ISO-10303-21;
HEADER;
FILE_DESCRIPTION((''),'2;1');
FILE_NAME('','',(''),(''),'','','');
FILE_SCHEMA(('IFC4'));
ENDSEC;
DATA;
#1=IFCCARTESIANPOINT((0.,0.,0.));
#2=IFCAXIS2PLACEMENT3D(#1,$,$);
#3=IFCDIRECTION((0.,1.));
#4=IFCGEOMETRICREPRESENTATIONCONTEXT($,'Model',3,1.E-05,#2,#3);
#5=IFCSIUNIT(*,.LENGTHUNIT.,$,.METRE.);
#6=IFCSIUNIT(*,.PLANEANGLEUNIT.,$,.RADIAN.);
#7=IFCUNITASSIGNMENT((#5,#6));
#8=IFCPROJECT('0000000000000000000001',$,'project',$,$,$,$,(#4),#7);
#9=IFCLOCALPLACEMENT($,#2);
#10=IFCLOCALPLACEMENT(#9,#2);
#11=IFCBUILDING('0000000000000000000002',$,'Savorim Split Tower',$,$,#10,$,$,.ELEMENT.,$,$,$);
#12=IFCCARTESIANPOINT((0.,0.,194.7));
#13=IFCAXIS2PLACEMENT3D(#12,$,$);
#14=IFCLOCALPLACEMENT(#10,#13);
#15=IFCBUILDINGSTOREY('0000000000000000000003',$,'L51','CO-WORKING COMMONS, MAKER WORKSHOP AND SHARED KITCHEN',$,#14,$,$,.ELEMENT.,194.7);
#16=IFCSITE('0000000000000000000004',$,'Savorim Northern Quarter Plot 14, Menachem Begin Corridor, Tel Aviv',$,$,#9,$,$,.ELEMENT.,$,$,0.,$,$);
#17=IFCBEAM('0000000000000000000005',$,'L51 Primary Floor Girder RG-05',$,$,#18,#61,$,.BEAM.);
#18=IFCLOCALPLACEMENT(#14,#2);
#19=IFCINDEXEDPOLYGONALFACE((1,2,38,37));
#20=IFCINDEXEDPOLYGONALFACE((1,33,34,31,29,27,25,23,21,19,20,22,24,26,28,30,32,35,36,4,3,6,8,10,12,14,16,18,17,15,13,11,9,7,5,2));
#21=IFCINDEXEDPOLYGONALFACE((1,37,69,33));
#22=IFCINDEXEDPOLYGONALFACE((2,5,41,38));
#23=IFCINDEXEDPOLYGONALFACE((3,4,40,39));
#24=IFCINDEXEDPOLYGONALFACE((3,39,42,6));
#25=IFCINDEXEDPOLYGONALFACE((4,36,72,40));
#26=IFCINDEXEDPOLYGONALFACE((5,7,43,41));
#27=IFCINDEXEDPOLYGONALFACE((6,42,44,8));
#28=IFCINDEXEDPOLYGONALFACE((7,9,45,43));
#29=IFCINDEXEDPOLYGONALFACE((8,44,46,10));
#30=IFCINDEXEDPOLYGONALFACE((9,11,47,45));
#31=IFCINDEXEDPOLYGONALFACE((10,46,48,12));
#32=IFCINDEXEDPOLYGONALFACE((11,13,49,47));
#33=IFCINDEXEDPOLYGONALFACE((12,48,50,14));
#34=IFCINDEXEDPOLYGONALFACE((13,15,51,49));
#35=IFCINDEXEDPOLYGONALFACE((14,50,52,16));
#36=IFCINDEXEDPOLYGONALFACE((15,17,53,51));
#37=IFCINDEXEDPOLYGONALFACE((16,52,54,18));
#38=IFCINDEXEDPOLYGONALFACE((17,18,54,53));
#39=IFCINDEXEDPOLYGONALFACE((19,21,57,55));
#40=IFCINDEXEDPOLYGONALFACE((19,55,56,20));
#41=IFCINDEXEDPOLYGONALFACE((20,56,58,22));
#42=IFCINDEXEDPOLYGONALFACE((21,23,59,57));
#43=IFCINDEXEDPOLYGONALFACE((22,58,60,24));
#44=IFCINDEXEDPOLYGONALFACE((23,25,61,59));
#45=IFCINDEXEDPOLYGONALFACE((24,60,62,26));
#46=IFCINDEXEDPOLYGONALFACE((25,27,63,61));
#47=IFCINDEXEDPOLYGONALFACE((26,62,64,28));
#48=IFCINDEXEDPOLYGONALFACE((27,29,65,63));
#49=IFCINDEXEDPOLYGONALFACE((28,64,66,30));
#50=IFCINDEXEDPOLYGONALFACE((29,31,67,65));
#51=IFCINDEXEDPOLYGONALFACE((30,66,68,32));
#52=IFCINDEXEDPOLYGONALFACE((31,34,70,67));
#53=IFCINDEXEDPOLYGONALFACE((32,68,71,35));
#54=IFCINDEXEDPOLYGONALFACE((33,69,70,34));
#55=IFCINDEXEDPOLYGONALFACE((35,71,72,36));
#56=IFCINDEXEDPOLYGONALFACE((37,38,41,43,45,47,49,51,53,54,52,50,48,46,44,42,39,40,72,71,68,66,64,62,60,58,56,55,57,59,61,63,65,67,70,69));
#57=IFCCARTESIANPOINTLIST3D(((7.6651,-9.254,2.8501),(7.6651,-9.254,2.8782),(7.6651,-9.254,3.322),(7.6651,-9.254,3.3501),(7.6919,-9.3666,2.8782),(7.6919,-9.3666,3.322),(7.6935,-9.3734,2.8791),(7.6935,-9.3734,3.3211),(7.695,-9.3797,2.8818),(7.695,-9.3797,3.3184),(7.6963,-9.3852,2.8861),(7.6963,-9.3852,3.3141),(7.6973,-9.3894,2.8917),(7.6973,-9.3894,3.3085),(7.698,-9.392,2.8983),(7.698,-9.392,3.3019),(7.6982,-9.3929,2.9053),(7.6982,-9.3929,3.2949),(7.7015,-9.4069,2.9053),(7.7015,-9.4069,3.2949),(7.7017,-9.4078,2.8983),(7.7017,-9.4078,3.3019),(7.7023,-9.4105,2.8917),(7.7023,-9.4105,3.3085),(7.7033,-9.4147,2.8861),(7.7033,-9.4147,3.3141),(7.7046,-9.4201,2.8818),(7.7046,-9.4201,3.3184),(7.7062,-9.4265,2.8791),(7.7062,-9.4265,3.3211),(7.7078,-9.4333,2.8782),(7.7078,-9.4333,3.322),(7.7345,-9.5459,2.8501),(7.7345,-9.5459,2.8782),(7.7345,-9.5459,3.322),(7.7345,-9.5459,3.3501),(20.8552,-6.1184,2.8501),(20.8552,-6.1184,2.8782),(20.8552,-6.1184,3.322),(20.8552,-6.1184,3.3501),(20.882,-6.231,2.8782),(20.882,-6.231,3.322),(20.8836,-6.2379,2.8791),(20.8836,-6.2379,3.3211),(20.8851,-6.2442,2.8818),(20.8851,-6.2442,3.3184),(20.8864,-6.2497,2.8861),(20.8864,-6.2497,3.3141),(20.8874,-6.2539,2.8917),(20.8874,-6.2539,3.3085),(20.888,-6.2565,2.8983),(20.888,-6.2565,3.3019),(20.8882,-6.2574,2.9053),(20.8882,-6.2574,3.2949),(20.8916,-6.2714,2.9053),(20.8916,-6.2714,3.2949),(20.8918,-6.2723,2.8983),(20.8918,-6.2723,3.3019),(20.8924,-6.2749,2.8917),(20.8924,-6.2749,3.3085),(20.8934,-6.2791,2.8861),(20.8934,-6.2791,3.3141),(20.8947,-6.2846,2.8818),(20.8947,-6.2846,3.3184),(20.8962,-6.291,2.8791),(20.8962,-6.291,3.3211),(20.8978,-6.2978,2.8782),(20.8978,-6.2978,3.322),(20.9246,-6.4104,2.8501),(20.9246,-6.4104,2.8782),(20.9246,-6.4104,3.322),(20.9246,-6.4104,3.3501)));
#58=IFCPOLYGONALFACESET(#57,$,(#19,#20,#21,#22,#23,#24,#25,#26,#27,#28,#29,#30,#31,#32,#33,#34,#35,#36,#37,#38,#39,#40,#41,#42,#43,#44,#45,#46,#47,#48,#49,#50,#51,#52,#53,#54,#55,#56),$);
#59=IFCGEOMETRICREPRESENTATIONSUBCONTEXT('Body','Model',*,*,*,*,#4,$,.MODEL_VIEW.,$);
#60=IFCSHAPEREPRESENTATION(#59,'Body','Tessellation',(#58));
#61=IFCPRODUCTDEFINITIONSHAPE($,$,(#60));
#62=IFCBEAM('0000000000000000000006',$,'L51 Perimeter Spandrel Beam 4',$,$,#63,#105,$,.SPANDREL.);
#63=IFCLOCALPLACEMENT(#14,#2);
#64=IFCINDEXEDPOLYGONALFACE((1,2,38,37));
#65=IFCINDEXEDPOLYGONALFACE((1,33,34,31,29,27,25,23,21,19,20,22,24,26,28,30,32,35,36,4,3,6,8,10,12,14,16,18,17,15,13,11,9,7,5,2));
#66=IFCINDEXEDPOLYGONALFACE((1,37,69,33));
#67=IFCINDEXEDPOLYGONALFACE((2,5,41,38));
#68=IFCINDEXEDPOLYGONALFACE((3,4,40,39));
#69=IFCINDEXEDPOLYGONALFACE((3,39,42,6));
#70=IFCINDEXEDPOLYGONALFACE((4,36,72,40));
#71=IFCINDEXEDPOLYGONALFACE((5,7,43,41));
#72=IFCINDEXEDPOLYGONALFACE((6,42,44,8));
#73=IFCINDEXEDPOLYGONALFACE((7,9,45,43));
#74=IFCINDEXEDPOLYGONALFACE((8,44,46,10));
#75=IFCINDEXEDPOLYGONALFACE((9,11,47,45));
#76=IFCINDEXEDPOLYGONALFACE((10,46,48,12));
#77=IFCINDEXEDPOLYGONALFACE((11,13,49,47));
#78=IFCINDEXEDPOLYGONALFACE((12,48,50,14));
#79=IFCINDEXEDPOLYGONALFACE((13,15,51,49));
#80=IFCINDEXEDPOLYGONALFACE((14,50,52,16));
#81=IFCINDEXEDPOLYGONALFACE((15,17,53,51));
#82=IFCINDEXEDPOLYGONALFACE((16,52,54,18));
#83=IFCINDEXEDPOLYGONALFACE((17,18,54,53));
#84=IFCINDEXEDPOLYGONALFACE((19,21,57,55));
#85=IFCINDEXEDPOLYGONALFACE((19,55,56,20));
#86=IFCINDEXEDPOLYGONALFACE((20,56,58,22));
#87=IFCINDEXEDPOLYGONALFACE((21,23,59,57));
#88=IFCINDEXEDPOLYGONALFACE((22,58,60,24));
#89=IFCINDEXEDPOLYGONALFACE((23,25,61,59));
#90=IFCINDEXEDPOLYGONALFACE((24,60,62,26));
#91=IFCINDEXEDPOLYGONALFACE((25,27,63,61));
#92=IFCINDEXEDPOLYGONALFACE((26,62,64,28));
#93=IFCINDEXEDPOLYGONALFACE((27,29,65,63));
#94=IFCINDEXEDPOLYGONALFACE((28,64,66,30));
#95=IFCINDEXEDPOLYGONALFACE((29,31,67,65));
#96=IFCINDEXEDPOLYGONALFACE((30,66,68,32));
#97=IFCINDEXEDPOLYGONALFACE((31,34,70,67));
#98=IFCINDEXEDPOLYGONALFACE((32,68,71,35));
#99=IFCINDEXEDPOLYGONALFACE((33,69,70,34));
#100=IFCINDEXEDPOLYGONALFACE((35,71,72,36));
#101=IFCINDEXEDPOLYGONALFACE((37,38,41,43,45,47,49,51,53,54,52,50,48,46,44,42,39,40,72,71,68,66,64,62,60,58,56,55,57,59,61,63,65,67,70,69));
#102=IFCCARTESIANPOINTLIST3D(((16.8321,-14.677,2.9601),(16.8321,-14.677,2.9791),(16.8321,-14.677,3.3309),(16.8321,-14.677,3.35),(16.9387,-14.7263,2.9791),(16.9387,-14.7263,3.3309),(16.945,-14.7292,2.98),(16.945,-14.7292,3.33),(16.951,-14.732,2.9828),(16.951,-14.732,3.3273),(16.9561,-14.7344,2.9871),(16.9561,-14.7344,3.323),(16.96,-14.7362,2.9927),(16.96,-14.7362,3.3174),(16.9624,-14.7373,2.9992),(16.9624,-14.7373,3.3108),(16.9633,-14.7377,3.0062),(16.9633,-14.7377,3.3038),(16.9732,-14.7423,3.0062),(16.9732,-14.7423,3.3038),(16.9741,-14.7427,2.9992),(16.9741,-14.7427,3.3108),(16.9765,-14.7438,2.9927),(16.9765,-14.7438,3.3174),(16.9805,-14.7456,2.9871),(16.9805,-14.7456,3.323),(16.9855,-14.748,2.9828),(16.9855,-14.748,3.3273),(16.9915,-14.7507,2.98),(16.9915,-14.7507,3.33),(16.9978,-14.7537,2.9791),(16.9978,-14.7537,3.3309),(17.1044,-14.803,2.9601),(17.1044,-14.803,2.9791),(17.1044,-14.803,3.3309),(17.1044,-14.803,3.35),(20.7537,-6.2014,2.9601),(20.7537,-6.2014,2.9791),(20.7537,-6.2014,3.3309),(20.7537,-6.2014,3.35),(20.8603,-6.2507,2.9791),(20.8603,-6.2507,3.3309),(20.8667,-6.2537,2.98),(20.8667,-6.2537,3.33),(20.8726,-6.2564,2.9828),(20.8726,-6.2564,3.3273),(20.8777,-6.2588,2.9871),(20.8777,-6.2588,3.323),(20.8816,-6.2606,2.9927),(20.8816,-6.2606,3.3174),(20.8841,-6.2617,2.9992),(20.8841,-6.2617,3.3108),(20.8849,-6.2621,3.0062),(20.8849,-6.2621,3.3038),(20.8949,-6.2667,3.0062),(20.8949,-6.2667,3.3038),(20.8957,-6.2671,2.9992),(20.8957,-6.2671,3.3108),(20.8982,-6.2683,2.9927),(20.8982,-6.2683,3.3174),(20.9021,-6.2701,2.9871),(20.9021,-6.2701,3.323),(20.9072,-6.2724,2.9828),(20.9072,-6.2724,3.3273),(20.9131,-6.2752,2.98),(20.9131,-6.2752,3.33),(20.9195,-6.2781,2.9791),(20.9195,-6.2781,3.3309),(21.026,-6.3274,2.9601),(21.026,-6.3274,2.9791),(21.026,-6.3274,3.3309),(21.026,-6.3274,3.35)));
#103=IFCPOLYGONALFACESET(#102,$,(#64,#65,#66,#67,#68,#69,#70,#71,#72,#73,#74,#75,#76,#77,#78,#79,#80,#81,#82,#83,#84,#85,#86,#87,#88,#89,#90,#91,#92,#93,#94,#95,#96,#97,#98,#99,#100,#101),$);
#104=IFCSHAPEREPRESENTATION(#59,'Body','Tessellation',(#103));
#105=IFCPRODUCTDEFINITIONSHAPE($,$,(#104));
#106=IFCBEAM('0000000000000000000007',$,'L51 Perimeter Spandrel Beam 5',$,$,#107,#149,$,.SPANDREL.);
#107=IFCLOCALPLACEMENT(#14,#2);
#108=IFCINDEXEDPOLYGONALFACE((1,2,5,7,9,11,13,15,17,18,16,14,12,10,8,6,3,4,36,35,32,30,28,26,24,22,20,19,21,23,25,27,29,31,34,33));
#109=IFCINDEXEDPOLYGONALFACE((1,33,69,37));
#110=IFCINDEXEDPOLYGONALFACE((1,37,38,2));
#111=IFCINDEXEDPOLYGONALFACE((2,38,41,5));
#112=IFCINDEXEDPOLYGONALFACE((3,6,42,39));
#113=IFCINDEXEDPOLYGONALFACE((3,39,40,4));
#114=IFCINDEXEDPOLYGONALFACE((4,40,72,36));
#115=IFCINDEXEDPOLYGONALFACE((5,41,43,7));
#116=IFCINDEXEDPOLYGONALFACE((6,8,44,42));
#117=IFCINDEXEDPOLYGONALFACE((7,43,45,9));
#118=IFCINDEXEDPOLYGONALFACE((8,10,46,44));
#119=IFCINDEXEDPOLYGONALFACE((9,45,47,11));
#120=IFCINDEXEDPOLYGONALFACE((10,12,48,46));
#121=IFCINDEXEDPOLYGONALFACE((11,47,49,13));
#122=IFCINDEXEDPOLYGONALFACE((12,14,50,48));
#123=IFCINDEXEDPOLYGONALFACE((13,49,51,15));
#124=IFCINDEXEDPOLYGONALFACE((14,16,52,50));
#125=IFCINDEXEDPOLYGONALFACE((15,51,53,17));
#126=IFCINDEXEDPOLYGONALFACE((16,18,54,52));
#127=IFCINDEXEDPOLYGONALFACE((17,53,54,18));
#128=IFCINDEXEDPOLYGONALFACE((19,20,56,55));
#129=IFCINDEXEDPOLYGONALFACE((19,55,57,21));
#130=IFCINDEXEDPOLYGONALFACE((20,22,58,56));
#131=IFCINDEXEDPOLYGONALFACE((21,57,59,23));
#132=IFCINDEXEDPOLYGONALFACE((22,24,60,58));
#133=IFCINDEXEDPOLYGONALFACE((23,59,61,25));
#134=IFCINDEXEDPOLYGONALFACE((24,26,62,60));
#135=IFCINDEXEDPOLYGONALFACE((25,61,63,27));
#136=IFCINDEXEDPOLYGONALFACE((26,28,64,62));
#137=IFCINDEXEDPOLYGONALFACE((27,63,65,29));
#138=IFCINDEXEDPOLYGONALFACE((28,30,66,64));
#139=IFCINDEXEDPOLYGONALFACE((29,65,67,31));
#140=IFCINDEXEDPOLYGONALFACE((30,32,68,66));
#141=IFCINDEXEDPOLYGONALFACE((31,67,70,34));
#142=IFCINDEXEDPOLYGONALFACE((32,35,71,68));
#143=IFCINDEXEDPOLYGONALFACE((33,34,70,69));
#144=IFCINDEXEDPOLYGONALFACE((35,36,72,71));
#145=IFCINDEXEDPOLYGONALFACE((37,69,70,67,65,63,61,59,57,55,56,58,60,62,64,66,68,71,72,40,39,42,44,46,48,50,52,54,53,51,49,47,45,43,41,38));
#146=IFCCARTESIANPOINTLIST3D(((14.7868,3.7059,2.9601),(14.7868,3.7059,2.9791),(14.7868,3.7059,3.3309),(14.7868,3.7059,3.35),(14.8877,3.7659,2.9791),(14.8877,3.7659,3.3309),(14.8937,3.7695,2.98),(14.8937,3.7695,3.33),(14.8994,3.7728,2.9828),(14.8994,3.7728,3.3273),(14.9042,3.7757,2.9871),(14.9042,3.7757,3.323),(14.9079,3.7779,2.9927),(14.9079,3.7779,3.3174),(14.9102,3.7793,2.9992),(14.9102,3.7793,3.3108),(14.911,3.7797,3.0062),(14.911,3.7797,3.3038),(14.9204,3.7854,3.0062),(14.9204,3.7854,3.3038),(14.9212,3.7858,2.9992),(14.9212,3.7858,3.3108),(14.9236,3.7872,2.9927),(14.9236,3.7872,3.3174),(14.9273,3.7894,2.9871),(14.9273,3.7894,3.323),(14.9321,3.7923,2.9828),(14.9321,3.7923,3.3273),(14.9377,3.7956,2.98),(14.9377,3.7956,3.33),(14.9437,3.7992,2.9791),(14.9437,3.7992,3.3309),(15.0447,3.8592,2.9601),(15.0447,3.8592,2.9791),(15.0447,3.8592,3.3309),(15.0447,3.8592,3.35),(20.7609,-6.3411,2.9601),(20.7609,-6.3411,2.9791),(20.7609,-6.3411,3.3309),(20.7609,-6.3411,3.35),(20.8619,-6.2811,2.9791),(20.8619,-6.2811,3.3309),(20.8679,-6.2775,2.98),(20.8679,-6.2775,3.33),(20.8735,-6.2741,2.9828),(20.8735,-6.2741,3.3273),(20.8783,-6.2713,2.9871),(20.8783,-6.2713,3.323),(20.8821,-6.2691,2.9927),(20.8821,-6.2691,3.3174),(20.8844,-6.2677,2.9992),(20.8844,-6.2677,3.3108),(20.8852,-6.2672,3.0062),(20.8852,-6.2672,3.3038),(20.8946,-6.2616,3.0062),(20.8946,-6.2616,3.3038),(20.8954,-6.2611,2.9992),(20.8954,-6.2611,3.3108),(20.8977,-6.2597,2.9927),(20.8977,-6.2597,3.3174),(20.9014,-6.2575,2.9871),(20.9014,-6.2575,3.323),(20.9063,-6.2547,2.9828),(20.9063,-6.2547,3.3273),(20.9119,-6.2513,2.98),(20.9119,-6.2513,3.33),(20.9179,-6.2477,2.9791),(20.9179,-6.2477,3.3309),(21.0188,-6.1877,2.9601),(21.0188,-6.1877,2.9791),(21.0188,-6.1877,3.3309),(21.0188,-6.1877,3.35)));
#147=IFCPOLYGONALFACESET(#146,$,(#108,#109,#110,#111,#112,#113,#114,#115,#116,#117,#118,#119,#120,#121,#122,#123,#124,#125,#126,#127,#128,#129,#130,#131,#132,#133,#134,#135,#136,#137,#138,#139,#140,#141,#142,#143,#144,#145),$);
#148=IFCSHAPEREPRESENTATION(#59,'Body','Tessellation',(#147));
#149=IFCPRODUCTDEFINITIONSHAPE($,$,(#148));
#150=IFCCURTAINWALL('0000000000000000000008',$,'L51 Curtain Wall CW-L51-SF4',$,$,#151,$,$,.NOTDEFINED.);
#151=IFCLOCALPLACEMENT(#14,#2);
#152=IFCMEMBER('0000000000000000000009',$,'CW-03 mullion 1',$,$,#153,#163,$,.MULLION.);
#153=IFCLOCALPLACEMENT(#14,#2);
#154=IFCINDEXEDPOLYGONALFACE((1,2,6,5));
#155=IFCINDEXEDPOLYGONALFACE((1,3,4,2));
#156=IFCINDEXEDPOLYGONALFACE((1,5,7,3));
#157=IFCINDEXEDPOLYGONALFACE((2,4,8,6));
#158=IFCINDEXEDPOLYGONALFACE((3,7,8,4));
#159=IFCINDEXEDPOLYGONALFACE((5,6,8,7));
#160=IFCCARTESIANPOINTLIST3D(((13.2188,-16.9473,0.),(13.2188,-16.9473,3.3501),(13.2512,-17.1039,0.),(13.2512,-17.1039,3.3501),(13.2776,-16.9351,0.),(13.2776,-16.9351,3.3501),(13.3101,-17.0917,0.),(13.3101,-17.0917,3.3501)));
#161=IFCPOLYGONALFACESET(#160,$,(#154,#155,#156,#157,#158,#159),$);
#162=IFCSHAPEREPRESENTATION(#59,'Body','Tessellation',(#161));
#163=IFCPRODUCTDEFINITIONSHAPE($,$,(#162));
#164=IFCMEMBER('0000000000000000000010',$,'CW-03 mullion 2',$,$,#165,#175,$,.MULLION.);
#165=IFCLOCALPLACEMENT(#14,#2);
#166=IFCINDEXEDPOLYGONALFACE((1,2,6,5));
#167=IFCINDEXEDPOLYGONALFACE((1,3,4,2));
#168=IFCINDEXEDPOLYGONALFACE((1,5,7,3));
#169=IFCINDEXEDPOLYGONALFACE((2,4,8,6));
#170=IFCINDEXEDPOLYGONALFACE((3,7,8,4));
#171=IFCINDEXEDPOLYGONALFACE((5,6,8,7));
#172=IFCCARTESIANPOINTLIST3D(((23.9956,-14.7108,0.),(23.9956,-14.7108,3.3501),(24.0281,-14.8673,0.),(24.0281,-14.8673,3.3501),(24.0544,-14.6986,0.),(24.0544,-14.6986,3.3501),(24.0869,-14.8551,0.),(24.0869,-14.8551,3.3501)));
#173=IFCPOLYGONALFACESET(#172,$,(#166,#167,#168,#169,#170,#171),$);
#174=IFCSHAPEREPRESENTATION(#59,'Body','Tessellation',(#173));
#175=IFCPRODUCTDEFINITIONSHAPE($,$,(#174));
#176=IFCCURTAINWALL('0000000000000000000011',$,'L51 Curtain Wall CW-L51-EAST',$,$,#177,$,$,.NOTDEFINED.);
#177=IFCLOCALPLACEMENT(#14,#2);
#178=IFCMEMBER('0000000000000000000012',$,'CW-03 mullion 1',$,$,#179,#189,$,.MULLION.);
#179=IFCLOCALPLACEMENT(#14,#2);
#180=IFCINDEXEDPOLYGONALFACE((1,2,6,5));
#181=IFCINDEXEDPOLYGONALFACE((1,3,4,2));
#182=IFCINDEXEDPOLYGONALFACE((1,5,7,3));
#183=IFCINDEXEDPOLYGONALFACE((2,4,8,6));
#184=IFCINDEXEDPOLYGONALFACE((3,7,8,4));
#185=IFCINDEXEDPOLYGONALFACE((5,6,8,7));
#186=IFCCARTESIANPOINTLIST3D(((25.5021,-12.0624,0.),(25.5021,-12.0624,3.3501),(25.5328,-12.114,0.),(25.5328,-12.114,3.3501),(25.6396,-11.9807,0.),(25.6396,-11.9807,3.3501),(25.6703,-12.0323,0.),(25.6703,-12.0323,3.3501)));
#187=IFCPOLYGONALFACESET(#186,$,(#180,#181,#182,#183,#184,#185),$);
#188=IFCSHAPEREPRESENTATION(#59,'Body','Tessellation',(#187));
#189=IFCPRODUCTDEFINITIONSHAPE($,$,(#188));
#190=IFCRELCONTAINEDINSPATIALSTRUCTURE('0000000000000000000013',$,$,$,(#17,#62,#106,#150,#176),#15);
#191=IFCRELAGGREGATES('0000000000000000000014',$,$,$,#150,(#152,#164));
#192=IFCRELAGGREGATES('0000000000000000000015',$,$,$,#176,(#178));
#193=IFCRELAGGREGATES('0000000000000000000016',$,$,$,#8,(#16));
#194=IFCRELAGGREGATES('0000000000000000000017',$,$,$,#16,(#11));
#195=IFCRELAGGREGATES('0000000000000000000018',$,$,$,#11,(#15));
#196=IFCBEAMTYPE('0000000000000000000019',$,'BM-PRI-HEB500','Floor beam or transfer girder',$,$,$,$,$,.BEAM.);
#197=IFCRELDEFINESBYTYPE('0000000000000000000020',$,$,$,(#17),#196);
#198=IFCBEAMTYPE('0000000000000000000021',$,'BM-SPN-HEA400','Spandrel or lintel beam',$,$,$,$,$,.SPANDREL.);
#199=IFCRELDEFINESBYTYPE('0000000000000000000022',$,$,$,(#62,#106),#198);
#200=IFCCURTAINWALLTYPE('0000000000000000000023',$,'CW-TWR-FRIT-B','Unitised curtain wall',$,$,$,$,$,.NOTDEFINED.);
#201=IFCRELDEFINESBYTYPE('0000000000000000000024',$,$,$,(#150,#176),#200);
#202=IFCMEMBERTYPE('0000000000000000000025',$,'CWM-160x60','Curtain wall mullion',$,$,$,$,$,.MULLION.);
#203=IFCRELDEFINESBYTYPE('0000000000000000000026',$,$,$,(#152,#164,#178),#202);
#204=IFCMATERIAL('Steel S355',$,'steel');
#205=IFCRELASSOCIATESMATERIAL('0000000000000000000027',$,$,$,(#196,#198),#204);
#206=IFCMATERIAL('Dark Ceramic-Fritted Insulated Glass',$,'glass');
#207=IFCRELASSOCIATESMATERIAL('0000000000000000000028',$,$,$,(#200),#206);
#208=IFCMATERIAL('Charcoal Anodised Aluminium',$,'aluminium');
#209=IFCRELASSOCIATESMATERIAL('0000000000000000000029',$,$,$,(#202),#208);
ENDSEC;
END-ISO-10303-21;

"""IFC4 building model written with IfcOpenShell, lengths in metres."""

from ifc_helpers import new_model, si_unit, direction, frame, origin, origin_2d, place, context, subcontext, project, spatial, rectangle, i_section, extrude, material, material_profile, profile_set, type_object, element, aggregate, save


model = new_model("IFC4")

# Units and contexts
model_context = context("Model", 3, precision=1e-05, world=origin(), true_north=direction((0.0, 1.0)))
body_context = subcontext(model_context, "Body", "Model", "MODEL_VIEW")
ifc_project = project(units=[si_unit("LENGTHUNIT", "METRE"), si_unit("PLANEANGLEUNIT", "RADIAN")], contexts=[model_context])

# Site, building, storey
site_placement = place(None, origin())
site = spatial("IfcSite", under=ifc_project, at=site_placement, Name="Savorim Northern Quarter Plot 14, Menachem Begin Corridor, Tel Aviv", CompositionType="ELEMENT", RefElevation=0.0)
building_placement = place(site_placement, origin())
building = spatial("IfcBuilding", under=site, at=building_placement, Name="Savorim Split Tower", CompositionType="ELEMENT")
storey_placement = place(building_placement, frame((0.0, 0.0, 194.7)))
storey = spatial("IfcBuildingStorey", under=building, at=storey_placement, Name="L51", Description="CO-WORKING COMMONS, MAKER WORKSHOP AND SHARED KITCHEN", CompositionType="ELEMENT", Elevation=194.7)

# Shared definitions
ifc_material_1 = material(Name="Steel S355", Category="steel")

# Beams
ifc_material_profile_1 = material_profile(ifc_material_1, i_section(OverallWidth=0.3, OverallDepth=0.5, WebThickness=0.0144, FlangeThickness=0.0281, FilletRadius=0.0271, at=origin_2d()), Name="HEB 500")
ifc_profile_set_1 = profile_set([ifc_material_profile_1], Name="Steel S355")
beam_type_1 = type_object("IfcBeamType", Name="BM-PRI-HEB500", Description="Floor beam or transfer girder", PredefinedType="BEAM", material=ifc_profile_set_1)
beam_1_placement = place(storey_placement, frame((20.8899, -6.2644, 3.1001), z_axis=(-0.972889, -0.231274, 0.0), x_axis=(0.231274, -0.972889, 0.0)))
element("IfcBeam", 1, at=beam_1_placement, inside=storey, type_object=beam_type_1, Name="L51 Primary Floor Girder RG-05", PredefinedType="BEAM", context=body_context, shape_type="SweptSolid", body=[
    extrude(i_section(OverallWidth=0.3, OverallDepth=0.5, WebThickness=0.0144, FlangeThickness=0.0281, FilletRadius=0.0271, at=origin_2d()), origin(), (0.0, 0.0, 1.0), 13.5576),
])
ifc_material_profile_2 = material_profile(ifc_material_1, i_section(OverallWidth=0.3, OverallDepth=0.3899, WebThickness=0.011, FlangeThickness=0.019, FilletRadius=0.0271, at=origin_2d()), Name="HEA 400")
ifc_profile_set_2 = profile_set([ifc_material_profile_2], Name="Steel S355")
beam_type_2 = type_object("IfcBeamType", Name="BM-SPN-HEA400", Description="Spandrel or lintel beam", PredefinedType="SPANDREL", material=ifc_profile_set_2)
beam_2_placement = place(storey_placement, frame((16.9683, -14.74, 3.155), z_axis=(0.419925, 0.907559, 0.0), x_axis=(-0.907559, 0.419925, 0.0)))
element("IfcBeam", 2, at=beam_2_placement, inside=storey, type_object=beam_type_2, Name="L51 Perimeter Spandrel Beam 4", PredefinedType="SPANDREL", context=body_context, shape_type="SweptSolid", body=[
    extrude(i_section(OverallWidth=0.3, OverallDepth=0.3899, WebThickness=0.011, FlangeThickness=0.019, FilletRadius=0.0271, at=origin_2d()), origin(), (0.0, 0.0, 1.0), 9.3389),
])
beam_3_placement = place(storey_placement, frame((20.8899, -6.2644, 3.155), z_axis=(-0.511095, 0.859524, 0.0), x_axis=(-0.859524, -0.511095, 0.0)))
element("IfcBeam", 3, at=beam_3_placement, inside=storey, type_object=beam_type_2, Name="L51 Perimeter Spandrel Beam 5", PredefinedType="SPANDREL", context=body_context, shape_type="SweptSolid", body=[
    extrude(i_section(OverallWidth=0.3, OverallDepth=0.3899, WebThickness=0.011, FlangeThickness=0.019, FilletRadius=0.0271, at=origin_2d()), origin(), (0.0, 0.0, 1.0), 11.689),
])

# Curtain walls, members
ifc_material_2 = material(Name="Dark Ceramic-Fritted Insulated Glass", Category="glass")
curtain_wall_type = type_object("IfcCurtainWallType", Name="CW-TWR-FRIT-B", Description="Unitised curtain wall", PredefinedType="NOTDEFINED", material=ifc_material_2)
curtain_wall_1_placement = place(storey_placement, origin())
curtain_wall_1 = element("IfcCurtainWall", 4, at=curtain_wall_1_placement, inside=storey, type_object=curtain_wall_type, Name="L51 Curtain Wall CW-L51-SF4", PredefinedType="NOTDEFINED")
ifc_material_3 = material(Name="Charcoal Anodised Aluminium", Category="aluminium")
ifc_material_profile_3 = material_profile(ifc_material_3, rectangle(XDim=0.1599, YDim=0.0601, at=origin_2d()), Name="ALU-M 160x60")
ifc_profile_set_3 = profile_set([ifc_material_profile_3], Name="Charcoal Anodised Aluminium")
member_type_1 = type_object("IfcMemberType", Name="CWM-160x60", Description="Curtain wall mullion", PredefinedType="MULLION", material=ifc_profile_set_3)
member_1_placement = place(storey_placement, frame((13.2644, -17.0195, 0.0), z_axis=(0.0, 0.0, 1.0), x_axis=(-0.203208, 0.979136, 0.0)))
member_1 = element("IfcMember", 5, at=member_1_placement, type_object=member_type_1, Name="CW-03 mullion 1", PredefinedType="MULLION", context=body_context, shape_type="SweptSolid", body=[
    extrude(rectangle(XDim=0.1599, YDim=0.0601, at=origin_2d()), origin(), (0.0, 0.0, 1.0), 3.3501),
])
member_2_placement = place(storey_placement, frame((24.0413, -14.783, 0.0), z_axis=(0.0, 0.0, 1.0), x_axis=(-0.203208, 0.979136, 0.0)))
member_2 = element("IfcMember", 6, at=member_2_placement, type_object=member_type_1, Name="CW-03 mullion 2", PredefinedType="MULLION", context=body_context, shape_type="SweptSolid", body=[
    extrude(rectangle(XDim=0.1599, YDim=0.0601, at=origin_2d()), origin(), (0.0, 0.0, 1.0), 3.3501),
])
curtain_wall_2_placement = place(storey_placement, origin())
curtain_wall_2 = element("IfcCurtainWall", 7, at=curtain_wall_2_placement, inside=storey, type_object=curtain_wall_type, Name="L51 Curtain Wall CW-L51-EAST", PredefinedType="NOTDEFINED")
member_3_placement = place(storey_placement, frame((25.5862, -12.0474, 0.0), z_axis=(0.0, 0.0, 1.0), x_axis=(-0.859526, -0.511092, 0.0)))
member_3 = element("IfcMember", 8, at=member_3_placement, type_object=member_type_1, Name="CW-03 mullion 1", PredefinedType="MULLION", context=body_context, shape_type="SweptSolid", body=[
    extrude(rectangle(XDim=0.1599, YDim=0.0601, at=origin_2d()), origin(), (0.0, 0.0, 1.0), 3.3501),
])

aggregate(curtain_wall_1, [member_1, member_2])
aggregate(curtain_wall_2, [member_3])

save(model, "model.ifc")
